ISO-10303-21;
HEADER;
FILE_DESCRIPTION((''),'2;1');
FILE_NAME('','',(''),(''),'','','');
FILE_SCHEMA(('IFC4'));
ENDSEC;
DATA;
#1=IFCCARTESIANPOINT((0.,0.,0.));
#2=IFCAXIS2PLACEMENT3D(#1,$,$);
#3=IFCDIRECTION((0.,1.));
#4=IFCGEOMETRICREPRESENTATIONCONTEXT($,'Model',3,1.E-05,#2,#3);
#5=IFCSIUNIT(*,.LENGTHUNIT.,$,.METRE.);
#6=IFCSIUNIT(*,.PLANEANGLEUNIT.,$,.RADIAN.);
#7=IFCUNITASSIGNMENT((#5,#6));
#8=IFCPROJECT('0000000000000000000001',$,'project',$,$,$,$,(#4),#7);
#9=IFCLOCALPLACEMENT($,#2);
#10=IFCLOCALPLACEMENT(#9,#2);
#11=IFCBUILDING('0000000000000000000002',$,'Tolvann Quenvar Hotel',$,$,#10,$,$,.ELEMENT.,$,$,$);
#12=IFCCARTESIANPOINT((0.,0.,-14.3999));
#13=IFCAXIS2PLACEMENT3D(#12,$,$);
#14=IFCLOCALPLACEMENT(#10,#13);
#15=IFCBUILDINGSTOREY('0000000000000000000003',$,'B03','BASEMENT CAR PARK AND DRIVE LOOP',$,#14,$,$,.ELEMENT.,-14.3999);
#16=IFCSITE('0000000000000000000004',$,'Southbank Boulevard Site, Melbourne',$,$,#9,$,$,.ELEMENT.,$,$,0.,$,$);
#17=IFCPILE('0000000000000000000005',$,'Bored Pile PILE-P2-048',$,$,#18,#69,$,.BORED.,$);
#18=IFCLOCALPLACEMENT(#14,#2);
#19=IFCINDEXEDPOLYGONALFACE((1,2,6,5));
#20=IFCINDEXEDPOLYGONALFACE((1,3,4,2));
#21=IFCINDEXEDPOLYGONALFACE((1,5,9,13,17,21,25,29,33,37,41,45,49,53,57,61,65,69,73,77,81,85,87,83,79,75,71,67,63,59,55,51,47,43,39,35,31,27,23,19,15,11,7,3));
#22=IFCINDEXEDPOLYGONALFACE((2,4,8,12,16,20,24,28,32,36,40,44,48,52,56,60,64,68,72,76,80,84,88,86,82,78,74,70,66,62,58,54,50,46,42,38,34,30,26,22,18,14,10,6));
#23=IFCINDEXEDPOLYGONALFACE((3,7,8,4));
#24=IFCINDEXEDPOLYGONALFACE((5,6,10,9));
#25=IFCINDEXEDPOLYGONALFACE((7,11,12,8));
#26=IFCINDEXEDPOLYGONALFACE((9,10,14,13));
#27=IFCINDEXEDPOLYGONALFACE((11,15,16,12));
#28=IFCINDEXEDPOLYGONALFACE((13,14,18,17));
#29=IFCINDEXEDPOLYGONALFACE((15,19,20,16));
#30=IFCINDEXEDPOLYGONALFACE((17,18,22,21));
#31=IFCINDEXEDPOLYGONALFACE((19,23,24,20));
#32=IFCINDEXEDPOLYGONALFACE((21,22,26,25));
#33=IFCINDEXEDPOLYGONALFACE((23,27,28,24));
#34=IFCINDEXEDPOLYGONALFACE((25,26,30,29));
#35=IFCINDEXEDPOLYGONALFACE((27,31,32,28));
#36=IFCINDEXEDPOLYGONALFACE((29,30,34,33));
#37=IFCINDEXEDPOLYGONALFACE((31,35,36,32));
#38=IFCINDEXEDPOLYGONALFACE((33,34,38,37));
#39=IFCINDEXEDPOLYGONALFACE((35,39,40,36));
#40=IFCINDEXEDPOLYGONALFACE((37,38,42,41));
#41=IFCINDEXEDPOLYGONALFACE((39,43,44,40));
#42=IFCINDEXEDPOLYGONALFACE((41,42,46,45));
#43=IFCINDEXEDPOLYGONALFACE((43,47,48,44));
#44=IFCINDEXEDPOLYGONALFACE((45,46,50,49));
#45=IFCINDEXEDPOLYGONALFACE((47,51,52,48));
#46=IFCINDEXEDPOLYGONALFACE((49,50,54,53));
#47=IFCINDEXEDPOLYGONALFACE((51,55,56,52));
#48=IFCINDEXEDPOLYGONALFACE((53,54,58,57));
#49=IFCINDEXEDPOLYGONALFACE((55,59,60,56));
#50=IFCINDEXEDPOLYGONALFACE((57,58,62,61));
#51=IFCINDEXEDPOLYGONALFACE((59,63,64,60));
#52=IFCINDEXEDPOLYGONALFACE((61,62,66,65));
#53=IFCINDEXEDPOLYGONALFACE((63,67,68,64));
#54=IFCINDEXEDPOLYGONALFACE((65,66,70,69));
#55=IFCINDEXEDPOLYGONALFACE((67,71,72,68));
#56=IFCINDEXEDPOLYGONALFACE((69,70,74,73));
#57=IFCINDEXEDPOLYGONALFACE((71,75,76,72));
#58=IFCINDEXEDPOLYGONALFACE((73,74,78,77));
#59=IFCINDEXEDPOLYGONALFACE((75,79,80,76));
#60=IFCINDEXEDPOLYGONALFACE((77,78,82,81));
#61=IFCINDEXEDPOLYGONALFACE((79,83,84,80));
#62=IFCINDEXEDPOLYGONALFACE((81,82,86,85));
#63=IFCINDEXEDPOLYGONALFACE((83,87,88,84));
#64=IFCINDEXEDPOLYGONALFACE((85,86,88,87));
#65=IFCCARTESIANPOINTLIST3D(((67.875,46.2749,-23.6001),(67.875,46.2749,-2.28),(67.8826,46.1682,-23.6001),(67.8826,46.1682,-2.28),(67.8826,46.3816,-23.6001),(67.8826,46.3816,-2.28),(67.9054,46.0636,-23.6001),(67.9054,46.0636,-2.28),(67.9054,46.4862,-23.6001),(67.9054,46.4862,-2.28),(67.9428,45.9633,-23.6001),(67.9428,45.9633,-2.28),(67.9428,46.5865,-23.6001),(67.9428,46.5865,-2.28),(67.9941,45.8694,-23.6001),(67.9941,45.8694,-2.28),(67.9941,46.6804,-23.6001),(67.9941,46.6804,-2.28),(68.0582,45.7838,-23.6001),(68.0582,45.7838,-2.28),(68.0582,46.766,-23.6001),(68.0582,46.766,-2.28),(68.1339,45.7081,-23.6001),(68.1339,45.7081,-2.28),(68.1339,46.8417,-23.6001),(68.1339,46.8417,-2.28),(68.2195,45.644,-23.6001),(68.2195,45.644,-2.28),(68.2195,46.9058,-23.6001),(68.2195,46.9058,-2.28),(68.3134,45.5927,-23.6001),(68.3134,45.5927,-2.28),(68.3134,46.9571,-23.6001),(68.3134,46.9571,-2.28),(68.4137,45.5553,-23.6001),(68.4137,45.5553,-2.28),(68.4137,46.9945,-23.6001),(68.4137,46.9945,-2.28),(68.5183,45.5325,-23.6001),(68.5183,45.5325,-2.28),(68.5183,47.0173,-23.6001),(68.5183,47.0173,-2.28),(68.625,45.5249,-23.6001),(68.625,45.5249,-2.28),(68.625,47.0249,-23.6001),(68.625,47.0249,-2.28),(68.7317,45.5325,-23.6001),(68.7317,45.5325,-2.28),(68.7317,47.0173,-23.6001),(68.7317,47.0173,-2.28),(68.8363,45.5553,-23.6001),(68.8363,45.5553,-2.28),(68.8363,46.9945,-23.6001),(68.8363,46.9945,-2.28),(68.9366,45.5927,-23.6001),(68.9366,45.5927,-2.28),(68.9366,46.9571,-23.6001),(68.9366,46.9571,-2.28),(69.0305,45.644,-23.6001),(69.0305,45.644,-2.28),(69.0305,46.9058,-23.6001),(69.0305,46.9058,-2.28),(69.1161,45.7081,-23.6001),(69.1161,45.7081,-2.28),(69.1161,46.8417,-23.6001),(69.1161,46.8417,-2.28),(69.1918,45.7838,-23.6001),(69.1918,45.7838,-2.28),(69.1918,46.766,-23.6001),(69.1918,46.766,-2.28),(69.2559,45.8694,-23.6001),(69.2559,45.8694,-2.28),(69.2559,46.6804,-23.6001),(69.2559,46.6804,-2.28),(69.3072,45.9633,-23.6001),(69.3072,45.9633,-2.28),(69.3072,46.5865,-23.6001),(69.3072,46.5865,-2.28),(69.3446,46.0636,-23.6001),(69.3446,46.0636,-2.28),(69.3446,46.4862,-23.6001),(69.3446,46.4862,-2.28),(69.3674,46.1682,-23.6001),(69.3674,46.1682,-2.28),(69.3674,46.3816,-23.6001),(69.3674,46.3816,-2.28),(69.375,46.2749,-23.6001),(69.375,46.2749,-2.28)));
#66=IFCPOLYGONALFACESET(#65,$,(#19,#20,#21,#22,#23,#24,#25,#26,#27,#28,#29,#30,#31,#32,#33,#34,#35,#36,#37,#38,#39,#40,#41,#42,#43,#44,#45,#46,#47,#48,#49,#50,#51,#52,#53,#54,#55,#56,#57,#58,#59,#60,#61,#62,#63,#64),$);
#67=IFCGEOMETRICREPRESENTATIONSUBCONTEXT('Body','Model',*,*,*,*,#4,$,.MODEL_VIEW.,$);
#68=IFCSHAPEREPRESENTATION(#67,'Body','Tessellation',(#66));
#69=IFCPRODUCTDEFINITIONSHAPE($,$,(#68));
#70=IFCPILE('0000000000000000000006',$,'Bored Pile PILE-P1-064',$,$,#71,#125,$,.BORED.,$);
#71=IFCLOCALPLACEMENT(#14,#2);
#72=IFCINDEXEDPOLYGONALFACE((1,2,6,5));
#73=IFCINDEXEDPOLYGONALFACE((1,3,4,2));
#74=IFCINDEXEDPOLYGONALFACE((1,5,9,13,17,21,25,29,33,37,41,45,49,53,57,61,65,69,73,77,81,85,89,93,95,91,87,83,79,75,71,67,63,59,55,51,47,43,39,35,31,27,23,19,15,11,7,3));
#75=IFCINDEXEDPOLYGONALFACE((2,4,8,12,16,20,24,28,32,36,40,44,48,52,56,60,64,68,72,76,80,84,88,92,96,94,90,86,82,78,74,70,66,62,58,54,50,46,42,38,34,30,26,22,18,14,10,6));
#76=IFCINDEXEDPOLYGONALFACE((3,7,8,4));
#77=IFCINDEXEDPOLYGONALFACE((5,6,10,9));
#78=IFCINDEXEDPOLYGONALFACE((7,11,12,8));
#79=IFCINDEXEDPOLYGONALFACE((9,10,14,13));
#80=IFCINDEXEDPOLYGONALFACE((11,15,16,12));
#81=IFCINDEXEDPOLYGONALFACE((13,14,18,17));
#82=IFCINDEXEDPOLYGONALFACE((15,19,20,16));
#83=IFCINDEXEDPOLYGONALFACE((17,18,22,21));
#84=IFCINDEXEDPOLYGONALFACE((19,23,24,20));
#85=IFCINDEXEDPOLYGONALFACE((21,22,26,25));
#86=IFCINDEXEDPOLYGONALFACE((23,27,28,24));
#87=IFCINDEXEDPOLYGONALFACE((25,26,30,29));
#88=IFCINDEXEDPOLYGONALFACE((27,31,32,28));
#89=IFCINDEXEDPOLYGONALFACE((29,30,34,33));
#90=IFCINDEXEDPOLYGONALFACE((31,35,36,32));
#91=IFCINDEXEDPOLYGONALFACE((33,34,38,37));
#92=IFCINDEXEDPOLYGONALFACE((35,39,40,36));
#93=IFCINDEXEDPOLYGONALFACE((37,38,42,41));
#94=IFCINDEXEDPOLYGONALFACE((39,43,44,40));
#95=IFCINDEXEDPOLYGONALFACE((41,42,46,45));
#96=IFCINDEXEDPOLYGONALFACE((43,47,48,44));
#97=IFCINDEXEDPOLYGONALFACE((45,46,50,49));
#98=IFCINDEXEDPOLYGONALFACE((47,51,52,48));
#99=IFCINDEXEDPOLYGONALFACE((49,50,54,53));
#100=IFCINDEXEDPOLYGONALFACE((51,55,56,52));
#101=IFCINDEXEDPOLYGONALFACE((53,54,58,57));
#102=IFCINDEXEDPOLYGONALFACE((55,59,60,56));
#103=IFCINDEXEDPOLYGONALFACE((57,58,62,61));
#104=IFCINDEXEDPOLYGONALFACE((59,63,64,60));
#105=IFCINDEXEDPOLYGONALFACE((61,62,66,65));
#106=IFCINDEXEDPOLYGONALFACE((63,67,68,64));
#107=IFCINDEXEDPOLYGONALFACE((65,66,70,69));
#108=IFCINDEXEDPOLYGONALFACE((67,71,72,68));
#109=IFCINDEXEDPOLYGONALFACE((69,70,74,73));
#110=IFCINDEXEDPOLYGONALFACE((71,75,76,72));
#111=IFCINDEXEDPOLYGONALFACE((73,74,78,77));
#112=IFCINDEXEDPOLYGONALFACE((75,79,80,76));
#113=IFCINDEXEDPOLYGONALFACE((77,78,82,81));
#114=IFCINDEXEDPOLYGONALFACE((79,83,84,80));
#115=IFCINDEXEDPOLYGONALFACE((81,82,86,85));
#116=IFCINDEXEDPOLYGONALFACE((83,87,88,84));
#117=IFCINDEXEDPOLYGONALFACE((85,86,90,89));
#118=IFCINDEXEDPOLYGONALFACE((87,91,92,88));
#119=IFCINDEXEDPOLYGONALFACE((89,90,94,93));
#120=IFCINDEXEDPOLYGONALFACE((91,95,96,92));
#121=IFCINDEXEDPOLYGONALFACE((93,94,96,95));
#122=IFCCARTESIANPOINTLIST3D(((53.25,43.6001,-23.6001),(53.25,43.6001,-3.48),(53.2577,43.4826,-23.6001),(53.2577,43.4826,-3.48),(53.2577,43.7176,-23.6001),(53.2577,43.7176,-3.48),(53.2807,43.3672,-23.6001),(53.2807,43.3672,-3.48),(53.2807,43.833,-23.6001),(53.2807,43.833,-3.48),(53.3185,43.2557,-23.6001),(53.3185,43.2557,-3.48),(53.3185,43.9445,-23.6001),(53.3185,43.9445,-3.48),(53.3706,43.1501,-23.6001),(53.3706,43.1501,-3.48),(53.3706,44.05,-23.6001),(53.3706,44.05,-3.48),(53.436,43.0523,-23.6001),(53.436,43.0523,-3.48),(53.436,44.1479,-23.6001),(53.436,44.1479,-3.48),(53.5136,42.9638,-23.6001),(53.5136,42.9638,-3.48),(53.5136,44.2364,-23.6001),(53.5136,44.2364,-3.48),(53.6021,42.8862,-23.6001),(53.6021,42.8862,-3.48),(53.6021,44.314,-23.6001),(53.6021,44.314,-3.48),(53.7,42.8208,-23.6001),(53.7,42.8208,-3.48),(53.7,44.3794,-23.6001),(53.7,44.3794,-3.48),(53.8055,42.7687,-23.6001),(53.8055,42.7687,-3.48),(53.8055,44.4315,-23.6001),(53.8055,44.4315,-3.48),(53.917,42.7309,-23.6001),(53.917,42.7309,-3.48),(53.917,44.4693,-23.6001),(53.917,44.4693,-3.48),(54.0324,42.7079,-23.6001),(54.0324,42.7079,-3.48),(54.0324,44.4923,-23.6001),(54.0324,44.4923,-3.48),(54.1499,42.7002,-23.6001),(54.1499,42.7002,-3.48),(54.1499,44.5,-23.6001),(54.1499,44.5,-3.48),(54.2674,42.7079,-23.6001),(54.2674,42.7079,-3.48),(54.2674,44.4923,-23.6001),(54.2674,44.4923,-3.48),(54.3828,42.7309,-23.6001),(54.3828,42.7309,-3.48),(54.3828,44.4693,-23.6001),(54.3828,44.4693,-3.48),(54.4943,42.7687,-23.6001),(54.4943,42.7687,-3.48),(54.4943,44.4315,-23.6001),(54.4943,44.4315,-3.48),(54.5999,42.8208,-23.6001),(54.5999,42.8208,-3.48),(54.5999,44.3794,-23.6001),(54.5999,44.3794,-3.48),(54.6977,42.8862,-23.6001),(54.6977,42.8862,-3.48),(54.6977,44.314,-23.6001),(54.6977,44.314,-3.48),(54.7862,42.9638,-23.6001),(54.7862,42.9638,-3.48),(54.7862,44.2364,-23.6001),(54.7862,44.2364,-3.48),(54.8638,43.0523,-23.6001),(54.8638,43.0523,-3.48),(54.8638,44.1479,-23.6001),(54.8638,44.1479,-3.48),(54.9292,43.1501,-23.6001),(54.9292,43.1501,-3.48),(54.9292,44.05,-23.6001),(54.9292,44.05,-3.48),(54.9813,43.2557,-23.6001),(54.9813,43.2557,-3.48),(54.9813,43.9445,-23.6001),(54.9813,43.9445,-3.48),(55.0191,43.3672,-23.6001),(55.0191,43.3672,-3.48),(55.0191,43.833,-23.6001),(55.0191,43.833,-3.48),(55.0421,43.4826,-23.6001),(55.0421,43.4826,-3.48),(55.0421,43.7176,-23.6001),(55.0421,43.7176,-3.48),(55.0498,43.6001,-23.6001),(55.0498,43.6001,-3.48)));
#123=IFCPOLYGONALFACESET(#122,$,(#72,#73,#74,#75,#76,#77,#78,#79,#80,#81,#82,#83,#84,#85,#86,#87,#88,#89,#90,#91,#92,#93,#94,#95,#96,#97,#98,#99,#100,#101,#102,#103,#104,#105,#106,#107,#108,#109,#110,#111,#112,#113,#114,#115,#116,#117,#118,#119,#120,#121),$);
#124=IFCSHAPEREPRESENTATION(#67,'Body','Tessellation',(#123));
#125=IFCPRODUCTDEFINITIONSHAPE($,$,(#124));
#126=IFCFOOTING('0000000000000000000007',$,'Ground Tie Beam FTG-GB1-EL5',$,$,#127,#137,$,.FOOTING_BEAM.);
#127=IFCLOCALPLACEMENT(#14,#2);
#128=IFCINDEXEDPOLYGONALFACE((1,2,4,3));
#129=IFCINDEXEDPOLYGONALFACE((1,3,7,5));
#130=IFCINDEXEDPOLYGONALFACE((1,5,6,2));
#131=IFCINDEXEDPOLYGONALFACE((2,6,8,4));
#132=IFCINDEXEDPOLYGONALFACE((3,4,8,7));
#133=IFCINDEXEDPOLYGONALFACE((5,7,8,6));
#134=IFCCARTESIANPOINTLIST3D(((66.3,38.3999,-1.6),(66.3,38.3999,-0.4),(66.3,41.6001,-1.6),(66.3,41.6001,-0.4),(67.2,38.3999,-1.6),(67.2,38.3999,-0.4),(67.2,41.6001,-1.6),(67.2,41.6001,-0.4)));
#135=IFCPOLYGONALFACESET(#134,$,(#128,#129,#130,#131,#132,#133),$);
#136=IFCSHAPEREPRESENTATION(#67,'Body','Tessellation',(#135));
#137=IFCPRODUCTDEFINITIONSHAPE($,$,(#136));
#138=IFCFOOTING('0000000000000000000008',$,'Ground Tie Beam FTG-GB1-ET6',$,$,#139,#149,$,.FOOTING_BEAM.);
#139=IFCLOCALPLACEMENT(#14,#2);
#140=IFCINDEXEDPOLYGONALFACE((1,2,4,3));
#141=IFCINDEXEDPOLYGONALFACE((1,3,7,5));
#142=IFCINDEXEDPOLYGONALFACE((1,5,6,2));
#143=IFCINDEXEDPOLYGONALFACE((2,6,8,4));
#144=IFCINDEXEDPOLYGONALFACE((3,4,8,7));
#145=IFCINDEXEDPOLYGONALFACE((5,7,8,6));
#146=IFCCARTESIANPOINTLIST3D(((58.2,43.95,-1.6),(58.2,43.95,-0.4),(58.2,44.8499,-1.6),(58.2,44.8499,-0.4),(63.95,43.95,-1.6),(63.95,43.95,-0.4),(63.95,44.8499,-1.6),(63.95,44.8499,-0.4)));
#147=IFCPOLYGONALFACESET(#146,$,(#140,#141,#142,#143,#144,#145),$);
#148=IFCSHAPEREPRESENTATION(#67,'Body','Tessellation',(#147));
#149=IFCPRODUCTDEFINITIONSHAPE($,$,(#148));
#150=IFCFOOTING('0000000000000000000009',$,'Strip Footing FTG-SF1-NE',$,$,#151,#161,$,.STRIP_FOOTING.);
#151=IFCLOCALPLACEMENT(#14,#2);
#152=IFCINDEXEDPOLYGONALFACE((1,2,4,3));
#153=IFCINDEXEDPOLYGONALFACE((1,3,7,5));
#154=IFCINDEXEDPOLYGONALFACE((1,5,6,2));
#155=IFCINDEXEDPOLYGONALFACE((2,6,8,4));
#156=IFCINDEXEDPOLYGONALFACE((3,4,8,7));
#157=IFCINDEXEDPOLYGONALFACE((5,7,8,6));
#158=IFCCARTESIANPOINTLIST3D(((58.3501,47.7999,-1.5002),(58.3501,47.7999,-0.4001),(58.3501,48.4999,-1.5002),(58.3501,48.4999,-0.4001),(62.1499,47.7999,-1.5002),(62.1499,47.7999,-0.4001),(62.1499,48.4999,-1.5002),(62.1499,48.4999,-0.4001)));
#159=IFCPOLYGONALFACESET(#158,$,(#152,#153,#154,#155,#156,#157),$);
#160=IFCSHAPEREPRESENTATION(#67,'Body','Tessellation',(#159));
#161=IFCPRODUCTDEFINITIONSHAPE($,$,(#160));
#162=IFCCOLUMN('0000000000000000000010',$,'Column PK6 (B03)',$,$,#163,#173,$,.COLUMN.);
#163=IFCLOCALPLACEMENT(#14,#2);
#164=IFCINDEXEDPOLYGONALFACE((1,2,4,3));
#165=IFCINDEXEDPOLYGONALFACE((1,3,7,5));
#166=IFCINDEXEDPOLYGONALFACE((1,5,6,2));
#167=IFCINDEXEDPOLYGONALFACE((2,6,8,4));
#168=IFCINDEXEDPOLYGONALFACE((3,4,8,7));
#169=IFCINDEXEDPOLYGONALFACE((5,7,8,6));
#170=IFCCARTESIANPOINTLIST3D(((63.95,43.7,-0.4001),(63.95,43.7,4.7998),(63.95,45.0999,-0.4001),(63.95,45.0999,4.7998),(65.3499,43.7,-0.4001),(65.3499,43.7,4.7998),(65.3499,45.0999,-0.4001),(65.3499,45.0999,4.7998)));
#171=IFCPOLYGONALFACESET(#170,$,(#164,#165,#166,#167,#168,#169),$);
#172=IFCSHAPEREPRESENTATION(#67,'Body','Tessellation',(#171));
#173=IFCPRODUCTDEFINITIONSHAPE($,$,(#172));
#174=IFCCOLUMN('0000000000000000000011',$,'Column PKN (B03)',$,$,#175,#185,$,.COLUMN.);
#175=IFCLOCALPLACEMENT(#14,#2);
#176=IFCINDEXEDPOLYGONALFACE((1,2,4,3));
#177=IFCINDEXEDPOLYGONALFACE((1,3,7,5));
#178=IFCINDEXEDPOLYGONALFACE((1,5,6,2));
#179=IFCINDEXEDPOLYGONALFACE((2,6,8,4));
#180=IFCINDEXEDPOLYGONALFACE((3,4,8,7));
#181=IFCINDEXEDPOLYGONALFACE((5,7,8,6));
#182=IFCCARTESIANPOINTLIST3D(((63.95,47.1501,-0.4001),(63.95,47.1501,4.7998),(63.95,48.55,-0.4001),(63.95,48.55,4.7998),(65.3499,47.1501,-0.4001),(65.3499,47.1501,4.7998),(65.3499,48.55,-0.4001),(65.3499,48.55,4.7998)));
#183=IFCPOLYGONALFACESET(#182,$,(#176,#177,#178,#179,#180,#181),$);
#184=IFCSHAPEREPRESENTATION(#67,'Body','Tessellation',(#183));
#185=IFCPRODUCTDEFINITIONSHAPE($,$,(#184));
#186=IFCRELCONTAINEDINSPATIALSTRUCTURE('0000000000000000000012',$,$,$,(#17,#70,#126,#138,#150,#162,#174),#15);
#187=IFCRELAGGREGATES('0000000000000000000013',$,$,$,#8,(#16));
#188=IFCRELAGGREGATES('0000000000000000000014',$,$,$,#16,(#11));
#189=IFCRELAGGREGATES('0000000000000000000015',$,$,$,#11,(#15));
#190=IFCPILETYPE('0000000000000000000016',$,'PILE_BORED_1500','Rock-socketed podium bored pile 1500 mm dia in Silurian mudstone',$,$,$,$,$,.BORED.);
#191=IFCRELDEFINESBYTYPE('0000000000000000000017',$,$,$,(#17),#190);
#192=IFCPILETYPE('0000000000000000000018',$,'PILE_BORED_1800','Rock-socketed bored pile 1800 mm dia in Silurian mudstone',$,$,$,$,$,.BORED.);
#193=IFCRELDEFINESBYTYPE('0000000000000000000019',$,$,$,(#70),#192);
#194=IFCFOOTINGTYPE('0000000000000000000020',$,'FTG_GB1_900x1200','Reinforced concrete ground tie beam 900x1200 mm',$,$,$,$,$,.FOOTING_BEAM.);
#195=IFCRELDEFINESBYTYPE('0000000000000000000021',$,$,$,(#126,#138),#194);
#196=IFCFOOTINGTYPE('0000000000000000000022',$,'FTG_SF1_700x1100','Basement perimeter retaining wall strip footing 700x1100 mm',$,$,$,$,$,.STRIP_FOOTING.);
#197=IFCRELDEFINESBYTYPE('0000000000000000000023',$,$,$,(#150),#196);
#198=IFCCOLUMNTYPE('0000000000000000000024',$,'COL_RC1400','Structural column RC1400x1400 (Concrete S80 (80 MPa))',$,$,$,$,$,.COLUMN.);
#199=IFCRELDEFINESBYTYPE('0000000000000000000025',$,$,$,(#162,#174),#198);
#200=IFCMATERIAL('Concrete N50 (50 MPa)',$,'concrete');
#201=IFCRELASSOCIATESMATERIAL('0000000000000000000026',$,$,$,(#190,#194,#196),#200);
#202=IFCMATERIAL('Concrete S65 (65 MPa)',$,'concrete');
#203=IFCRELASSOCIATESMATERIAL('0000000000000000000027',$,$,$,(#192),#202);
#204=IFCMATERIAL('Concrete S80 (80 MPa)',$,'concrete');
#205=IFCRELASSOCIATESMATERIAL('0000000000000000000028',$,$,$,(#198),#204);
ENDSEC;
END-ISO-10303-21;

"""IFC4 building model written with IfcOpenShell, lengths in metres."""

from ifc_helpers import new_model, si_unit, direction, frame, origin, origin_2d, place, context, subcontext, project, spatial, rectangle, circle, extrude, source, transform, mapped, material, material_profile, profile_set, type_object, type_shapes, element, save


model = new_model("IFC4")

# Units and contexts
model_context = context("Model", 3, precision=1e-05, world=origin(), true_north=direction((0.0, 1.0)))
body_context = subcontext(model_context, "Body", "Model", "MODEL_VIEW")
ifc_project = project(units=[si_unit("LENGTHUNIT", "METRE"), si_unit("PLANEANGLEUNIT", "RADIAN")], contexts=[model_context])

# Site, building, storey
site_placement = place(None, origin())
site = spatial("IfcSite", under=ifc_project, at=site_placement, Name="Southbank Boulevard Site, Melbourne", CompositionType="ELEMENT", RefElevation=0.0)
building_placement = place(site_placement, origin())
building = spatial("IfcBuilding", under=site, at=building_placement, Name="Tolvann Quenvar Hotel", CompositionType="ELEMENT")
storey_placement = place(building_placement, frame((0.0, 0.0, -14.3999)))
storey = spatial("IfcBuildingStorey", under=building, at=storey_placement, Name="B03", Description="BASEMENT CAR PARK AND DRIVE LOOP", CompositionType="ELEMENT", Elevation=-14.3999)

# Piles
ifc_material_1 = material(Name="Concrete N50 (50 MPa)", Category="concrete")
ifc_material_profile_1 = material_profile(ifc_material_1, circle(Radius=0.75, at=origin_2d()), Name="PILE1500")
ifc_profile_set_1 = profile_set([ifc_material_profile_1], Name="Concrete N50 (50 MPa)")
pile_type_1 = type_object("IfcPileType", Name="PILE_BORED_1500", Description="Rock-socketed podium bored pile 1500 mm dia in Silurian mudstone", PredefinedType="BORED", material=ifc_profile_set_1)
for number, where, z_axis, x_axis, name in (
    (1, (68.625, 46.2749, -2.28), (0.0, 0.0, -1.0), (1.0, 0.0, 0.0), "Bored Pile PILE-P2-048"),
):
    element("IfcPile", number, at=place(storey_placement, frame(where, z_axis=z_axis, x_axis=x_axis)), inside=storey, type_object=pile_type_1, Name=name, PredefinedType="BORED", context=body_context, shape_type="SweptSolid", body=[
        extrude(circle(Radius=0.75, at=origin_2d()), origin(), (0.0, 0.0, 1.0), 21.3201),
    ])
ifc_material_2 = material(Name="Concrete S65 (65 MPa)", Category="concrete")
ifc_material_profile_2 = material_profile(ifc_material_2, circle(Radius=0.8999, at=origin_2d()), Name="PILE1800")
ifc_profile_set_2 = profile_set([ifc_material_profile_2], Name="Concrete S65 (65 MPa)")
pile_type_2 = type_object("IfcPileType", Name="PILE_BORED_1800", Description="Rock-socketed bored pile 1800 mm dia in Silurian mudstone", PredefinedType="BORED", material=ifc_profile_set_2)
pile_placement = place(storey_placement, frame((54.1499, 43.6001, -3.48), z_axis=(0.0, 0.0, -1.0), x_axis=(1.0, 0.0, 0.0)))
element("IfcPile", 2, at=pile_placement, inside=storey, type_object=pile_type_2, Name="Bored Pile PILE-P1-064", PredefinedType="BORED", context=body_context, shape_type="SweptSolid", body=[
    extrude(circle(Radius=0.8999, at=origin_2d()), origin(), (0.0, 0.0, 1.0), 20.1201),
])

# Footings
ifc_material_profile_3 = material_profile(ifc_material_1, rectangle(XDim=0.8999, YDim=1.2, at=origin_2d()), Name="RC900x1200")
ifc_profile_set_3 = profile_set([ifc_material_profile_3], Name="Concrete N50 (50 MPa)")
footing_type_1 = type_object("IfcFootingType", Name="FTG_GB1_900x1200", Description="Reinforced concrete ground tie beam 900x1200 mm", PredefinedType="FOOTING_BEAM", material=ifc_profile_set_3)
shared_shape_1 = source(origin(), body_context, "Body", "SweptSolid", [
    extrude(rectangle(XDim=0.8999, YDim=1.2, at=origin_2d()), origin(), (0.0, 0.0, 1.0), 3.2002),
])
footing_1_placement = place(storey_placement, frame((66.75, 38.3999, -1.0), z_axis=(0.0, 1.0, 0.0), x_axis=(-1.0, 0.0, 0.0)))
element("IfcFooting", 3, at=footing_1_placement, inside=storey, type_object=footing_type_1, Name="Ground Tie Beam FTG-GB1-EL5", PredefinedType="FOOTING_BEAM", context=body_context, shape_type="MappedRepresentation", body=[
    mapped(shared_shape_1, transform((0.0, 0.0, 0.0), x_axis=(1.0, 0.0, 0.0), y_axis=(0.0, 1.0, 0.0), z_axis=(0.0, 0.0, 1.0), scale=1.0)),
])
shared_shape_2 = source(origin(), body_context, "Body", "SweptSolid", [
    extrude(rectangle(XDim=0.8999, YDim=1.2, at=origin_2d()), origin(), (0.0, 0.0, 1.0), 5.75),
])
type_shapes(footing_type_1, [shared_shape_1, shared_shape_2])
footing_2_placement = place(storey_placement, frame((58.2, 44.3999, -1.0), z_axis=(1.0, 0.0, 0.0), x_axis=(0.0, 1.0, 0.0)))
element("IfcFooting", 4, at=footing_2_placement, inside=storey, type_object=footing_type_1, Name="Ground Tie Beam FTG-GB1-ET6", PredefinedType="FOOTING_BEAM", context=body_context, shape_type="MappedRepresentation", body=[
    mapped(shared_shape_2, transform((0.0, 0.0, 0.0), x_axis=(1.0, 0.0, 0.0), y_axis=(0.0, 1.0, 0.0), z_axis=(0.0, 0.0, 1.0), scale=1.0)),
])
ifc_material_profile_4 = material_profile(ifc_material_1, rectangle(XDim=0.7, YDim=1.1001, at=origin_2d()), Name="RC700x1100")
ifc_profile_set_4 = profile_set([ifc_material_profile_4], Name="Concrete N50 (50 MPa)")
footing_type_2 = type_object("IfcFootingType", Name="FTG_SF1_700x1100", Description="Basement perimeter retaining wall strip footing 700x1100 mm", PredefinedType="STRIP_FOOTING", material=ifc_profile_set_4)
shared_shape_3 = source(origin(), body_context, "Body", "SweptSolid", [
    extrude(rectangle(XDim=0.7, YDim=1.1001, at=origin_2d()), origin(), (0.0, 0.0, 1.0), 3.7998),
])
type_shapes(footing_type_2, [shared_shape_3])
footing_3_placement = place(storey_placement, frame((58.3501, 48.1499, -0.9502), z_axis=(1.0, 0.0, 0.0), x_axis=(0.0, 1.0, 0.0)))
element("IfcFooting", 5, at=footing_3_placement, inside=storey, type_object=footing_type_2, Name="Strip Footing FTG-SF1-NE", PredefinedType="STRIP_FOOTING", context=body_context, shape_type="MappedRepresentation", body=[
    mapped(shared_shape_3, transform((0.0, 0.0, 0.0), x_axis=(1.0, 0.0, 0.0), y_axis=(0.0, 1.0, 0.0), z_axis=(0.0, 0.0, 1.0), scale=1.0)),
])

# Columns
ifc_material_3 = material(Name="Concrete S80 (80 MPa)", Category="concrete")
ifc_material_profile_5 = material_profile(ifc_material_3, rectangle(XDim=1.3999, YDim=1.3999, at=origin_2d()), Name="RC1400x1400")
ifc_profile_set_5 = profile_set([ifc_material_profile_5], Name="Concrete S80 (80 MPa)")
column_type_1 = type_object("IfcColumnType", Name="COL_RC1400", Description="Structural column RC1400x1400 (Concrete S80 (80 MPa))", PredefinedType="COLUMN", material=ifc_profile_set_5)
shared_shape_4 = source(origin(), body_context, "Body", "SweptSolid", [
    extrude(rectangle(XDim=1.3999, YDim=1.3999, at=origin_2d()), origin(), (0.0, 0.0, 1.0), 5.2),
])
type_shapes(column_type_1, [shared_shape_4])
for number, where, z_axis, x_axis, name in (
    (6, (64.6499, 44.3999, -0.4001), (0.0, 0.0, 1.0), (1.0, 0.0, 0.0), "Column PK6 (B03)"),
    (7, (64.6499, 47.8501, -0.4001), (0.0, 0.0, 1.0), (1.0, 0.0, 0.0), "Column PKN (B03)"),
):
    element("IfcColumn", number, at=place(storey_placement, frame(where, z_axis=z_axis, x_axis=x_axis)), inside=storey, type_object=column_type_1, Name=name, PredefinedType="COLUMN", context=body_context, shape_type="MappedRepresentation", body=[
        mapped(shared_shape_4, transform((0.0, 0.0, 0.0), x_axis=(1.0, 0.0, 0.0), y_axis=(0.0, 1.0, 0.0), z_axis=(0.0, 0.0, 1.0), scale=1.0)),
    ])

save(model, "model.ifc")
